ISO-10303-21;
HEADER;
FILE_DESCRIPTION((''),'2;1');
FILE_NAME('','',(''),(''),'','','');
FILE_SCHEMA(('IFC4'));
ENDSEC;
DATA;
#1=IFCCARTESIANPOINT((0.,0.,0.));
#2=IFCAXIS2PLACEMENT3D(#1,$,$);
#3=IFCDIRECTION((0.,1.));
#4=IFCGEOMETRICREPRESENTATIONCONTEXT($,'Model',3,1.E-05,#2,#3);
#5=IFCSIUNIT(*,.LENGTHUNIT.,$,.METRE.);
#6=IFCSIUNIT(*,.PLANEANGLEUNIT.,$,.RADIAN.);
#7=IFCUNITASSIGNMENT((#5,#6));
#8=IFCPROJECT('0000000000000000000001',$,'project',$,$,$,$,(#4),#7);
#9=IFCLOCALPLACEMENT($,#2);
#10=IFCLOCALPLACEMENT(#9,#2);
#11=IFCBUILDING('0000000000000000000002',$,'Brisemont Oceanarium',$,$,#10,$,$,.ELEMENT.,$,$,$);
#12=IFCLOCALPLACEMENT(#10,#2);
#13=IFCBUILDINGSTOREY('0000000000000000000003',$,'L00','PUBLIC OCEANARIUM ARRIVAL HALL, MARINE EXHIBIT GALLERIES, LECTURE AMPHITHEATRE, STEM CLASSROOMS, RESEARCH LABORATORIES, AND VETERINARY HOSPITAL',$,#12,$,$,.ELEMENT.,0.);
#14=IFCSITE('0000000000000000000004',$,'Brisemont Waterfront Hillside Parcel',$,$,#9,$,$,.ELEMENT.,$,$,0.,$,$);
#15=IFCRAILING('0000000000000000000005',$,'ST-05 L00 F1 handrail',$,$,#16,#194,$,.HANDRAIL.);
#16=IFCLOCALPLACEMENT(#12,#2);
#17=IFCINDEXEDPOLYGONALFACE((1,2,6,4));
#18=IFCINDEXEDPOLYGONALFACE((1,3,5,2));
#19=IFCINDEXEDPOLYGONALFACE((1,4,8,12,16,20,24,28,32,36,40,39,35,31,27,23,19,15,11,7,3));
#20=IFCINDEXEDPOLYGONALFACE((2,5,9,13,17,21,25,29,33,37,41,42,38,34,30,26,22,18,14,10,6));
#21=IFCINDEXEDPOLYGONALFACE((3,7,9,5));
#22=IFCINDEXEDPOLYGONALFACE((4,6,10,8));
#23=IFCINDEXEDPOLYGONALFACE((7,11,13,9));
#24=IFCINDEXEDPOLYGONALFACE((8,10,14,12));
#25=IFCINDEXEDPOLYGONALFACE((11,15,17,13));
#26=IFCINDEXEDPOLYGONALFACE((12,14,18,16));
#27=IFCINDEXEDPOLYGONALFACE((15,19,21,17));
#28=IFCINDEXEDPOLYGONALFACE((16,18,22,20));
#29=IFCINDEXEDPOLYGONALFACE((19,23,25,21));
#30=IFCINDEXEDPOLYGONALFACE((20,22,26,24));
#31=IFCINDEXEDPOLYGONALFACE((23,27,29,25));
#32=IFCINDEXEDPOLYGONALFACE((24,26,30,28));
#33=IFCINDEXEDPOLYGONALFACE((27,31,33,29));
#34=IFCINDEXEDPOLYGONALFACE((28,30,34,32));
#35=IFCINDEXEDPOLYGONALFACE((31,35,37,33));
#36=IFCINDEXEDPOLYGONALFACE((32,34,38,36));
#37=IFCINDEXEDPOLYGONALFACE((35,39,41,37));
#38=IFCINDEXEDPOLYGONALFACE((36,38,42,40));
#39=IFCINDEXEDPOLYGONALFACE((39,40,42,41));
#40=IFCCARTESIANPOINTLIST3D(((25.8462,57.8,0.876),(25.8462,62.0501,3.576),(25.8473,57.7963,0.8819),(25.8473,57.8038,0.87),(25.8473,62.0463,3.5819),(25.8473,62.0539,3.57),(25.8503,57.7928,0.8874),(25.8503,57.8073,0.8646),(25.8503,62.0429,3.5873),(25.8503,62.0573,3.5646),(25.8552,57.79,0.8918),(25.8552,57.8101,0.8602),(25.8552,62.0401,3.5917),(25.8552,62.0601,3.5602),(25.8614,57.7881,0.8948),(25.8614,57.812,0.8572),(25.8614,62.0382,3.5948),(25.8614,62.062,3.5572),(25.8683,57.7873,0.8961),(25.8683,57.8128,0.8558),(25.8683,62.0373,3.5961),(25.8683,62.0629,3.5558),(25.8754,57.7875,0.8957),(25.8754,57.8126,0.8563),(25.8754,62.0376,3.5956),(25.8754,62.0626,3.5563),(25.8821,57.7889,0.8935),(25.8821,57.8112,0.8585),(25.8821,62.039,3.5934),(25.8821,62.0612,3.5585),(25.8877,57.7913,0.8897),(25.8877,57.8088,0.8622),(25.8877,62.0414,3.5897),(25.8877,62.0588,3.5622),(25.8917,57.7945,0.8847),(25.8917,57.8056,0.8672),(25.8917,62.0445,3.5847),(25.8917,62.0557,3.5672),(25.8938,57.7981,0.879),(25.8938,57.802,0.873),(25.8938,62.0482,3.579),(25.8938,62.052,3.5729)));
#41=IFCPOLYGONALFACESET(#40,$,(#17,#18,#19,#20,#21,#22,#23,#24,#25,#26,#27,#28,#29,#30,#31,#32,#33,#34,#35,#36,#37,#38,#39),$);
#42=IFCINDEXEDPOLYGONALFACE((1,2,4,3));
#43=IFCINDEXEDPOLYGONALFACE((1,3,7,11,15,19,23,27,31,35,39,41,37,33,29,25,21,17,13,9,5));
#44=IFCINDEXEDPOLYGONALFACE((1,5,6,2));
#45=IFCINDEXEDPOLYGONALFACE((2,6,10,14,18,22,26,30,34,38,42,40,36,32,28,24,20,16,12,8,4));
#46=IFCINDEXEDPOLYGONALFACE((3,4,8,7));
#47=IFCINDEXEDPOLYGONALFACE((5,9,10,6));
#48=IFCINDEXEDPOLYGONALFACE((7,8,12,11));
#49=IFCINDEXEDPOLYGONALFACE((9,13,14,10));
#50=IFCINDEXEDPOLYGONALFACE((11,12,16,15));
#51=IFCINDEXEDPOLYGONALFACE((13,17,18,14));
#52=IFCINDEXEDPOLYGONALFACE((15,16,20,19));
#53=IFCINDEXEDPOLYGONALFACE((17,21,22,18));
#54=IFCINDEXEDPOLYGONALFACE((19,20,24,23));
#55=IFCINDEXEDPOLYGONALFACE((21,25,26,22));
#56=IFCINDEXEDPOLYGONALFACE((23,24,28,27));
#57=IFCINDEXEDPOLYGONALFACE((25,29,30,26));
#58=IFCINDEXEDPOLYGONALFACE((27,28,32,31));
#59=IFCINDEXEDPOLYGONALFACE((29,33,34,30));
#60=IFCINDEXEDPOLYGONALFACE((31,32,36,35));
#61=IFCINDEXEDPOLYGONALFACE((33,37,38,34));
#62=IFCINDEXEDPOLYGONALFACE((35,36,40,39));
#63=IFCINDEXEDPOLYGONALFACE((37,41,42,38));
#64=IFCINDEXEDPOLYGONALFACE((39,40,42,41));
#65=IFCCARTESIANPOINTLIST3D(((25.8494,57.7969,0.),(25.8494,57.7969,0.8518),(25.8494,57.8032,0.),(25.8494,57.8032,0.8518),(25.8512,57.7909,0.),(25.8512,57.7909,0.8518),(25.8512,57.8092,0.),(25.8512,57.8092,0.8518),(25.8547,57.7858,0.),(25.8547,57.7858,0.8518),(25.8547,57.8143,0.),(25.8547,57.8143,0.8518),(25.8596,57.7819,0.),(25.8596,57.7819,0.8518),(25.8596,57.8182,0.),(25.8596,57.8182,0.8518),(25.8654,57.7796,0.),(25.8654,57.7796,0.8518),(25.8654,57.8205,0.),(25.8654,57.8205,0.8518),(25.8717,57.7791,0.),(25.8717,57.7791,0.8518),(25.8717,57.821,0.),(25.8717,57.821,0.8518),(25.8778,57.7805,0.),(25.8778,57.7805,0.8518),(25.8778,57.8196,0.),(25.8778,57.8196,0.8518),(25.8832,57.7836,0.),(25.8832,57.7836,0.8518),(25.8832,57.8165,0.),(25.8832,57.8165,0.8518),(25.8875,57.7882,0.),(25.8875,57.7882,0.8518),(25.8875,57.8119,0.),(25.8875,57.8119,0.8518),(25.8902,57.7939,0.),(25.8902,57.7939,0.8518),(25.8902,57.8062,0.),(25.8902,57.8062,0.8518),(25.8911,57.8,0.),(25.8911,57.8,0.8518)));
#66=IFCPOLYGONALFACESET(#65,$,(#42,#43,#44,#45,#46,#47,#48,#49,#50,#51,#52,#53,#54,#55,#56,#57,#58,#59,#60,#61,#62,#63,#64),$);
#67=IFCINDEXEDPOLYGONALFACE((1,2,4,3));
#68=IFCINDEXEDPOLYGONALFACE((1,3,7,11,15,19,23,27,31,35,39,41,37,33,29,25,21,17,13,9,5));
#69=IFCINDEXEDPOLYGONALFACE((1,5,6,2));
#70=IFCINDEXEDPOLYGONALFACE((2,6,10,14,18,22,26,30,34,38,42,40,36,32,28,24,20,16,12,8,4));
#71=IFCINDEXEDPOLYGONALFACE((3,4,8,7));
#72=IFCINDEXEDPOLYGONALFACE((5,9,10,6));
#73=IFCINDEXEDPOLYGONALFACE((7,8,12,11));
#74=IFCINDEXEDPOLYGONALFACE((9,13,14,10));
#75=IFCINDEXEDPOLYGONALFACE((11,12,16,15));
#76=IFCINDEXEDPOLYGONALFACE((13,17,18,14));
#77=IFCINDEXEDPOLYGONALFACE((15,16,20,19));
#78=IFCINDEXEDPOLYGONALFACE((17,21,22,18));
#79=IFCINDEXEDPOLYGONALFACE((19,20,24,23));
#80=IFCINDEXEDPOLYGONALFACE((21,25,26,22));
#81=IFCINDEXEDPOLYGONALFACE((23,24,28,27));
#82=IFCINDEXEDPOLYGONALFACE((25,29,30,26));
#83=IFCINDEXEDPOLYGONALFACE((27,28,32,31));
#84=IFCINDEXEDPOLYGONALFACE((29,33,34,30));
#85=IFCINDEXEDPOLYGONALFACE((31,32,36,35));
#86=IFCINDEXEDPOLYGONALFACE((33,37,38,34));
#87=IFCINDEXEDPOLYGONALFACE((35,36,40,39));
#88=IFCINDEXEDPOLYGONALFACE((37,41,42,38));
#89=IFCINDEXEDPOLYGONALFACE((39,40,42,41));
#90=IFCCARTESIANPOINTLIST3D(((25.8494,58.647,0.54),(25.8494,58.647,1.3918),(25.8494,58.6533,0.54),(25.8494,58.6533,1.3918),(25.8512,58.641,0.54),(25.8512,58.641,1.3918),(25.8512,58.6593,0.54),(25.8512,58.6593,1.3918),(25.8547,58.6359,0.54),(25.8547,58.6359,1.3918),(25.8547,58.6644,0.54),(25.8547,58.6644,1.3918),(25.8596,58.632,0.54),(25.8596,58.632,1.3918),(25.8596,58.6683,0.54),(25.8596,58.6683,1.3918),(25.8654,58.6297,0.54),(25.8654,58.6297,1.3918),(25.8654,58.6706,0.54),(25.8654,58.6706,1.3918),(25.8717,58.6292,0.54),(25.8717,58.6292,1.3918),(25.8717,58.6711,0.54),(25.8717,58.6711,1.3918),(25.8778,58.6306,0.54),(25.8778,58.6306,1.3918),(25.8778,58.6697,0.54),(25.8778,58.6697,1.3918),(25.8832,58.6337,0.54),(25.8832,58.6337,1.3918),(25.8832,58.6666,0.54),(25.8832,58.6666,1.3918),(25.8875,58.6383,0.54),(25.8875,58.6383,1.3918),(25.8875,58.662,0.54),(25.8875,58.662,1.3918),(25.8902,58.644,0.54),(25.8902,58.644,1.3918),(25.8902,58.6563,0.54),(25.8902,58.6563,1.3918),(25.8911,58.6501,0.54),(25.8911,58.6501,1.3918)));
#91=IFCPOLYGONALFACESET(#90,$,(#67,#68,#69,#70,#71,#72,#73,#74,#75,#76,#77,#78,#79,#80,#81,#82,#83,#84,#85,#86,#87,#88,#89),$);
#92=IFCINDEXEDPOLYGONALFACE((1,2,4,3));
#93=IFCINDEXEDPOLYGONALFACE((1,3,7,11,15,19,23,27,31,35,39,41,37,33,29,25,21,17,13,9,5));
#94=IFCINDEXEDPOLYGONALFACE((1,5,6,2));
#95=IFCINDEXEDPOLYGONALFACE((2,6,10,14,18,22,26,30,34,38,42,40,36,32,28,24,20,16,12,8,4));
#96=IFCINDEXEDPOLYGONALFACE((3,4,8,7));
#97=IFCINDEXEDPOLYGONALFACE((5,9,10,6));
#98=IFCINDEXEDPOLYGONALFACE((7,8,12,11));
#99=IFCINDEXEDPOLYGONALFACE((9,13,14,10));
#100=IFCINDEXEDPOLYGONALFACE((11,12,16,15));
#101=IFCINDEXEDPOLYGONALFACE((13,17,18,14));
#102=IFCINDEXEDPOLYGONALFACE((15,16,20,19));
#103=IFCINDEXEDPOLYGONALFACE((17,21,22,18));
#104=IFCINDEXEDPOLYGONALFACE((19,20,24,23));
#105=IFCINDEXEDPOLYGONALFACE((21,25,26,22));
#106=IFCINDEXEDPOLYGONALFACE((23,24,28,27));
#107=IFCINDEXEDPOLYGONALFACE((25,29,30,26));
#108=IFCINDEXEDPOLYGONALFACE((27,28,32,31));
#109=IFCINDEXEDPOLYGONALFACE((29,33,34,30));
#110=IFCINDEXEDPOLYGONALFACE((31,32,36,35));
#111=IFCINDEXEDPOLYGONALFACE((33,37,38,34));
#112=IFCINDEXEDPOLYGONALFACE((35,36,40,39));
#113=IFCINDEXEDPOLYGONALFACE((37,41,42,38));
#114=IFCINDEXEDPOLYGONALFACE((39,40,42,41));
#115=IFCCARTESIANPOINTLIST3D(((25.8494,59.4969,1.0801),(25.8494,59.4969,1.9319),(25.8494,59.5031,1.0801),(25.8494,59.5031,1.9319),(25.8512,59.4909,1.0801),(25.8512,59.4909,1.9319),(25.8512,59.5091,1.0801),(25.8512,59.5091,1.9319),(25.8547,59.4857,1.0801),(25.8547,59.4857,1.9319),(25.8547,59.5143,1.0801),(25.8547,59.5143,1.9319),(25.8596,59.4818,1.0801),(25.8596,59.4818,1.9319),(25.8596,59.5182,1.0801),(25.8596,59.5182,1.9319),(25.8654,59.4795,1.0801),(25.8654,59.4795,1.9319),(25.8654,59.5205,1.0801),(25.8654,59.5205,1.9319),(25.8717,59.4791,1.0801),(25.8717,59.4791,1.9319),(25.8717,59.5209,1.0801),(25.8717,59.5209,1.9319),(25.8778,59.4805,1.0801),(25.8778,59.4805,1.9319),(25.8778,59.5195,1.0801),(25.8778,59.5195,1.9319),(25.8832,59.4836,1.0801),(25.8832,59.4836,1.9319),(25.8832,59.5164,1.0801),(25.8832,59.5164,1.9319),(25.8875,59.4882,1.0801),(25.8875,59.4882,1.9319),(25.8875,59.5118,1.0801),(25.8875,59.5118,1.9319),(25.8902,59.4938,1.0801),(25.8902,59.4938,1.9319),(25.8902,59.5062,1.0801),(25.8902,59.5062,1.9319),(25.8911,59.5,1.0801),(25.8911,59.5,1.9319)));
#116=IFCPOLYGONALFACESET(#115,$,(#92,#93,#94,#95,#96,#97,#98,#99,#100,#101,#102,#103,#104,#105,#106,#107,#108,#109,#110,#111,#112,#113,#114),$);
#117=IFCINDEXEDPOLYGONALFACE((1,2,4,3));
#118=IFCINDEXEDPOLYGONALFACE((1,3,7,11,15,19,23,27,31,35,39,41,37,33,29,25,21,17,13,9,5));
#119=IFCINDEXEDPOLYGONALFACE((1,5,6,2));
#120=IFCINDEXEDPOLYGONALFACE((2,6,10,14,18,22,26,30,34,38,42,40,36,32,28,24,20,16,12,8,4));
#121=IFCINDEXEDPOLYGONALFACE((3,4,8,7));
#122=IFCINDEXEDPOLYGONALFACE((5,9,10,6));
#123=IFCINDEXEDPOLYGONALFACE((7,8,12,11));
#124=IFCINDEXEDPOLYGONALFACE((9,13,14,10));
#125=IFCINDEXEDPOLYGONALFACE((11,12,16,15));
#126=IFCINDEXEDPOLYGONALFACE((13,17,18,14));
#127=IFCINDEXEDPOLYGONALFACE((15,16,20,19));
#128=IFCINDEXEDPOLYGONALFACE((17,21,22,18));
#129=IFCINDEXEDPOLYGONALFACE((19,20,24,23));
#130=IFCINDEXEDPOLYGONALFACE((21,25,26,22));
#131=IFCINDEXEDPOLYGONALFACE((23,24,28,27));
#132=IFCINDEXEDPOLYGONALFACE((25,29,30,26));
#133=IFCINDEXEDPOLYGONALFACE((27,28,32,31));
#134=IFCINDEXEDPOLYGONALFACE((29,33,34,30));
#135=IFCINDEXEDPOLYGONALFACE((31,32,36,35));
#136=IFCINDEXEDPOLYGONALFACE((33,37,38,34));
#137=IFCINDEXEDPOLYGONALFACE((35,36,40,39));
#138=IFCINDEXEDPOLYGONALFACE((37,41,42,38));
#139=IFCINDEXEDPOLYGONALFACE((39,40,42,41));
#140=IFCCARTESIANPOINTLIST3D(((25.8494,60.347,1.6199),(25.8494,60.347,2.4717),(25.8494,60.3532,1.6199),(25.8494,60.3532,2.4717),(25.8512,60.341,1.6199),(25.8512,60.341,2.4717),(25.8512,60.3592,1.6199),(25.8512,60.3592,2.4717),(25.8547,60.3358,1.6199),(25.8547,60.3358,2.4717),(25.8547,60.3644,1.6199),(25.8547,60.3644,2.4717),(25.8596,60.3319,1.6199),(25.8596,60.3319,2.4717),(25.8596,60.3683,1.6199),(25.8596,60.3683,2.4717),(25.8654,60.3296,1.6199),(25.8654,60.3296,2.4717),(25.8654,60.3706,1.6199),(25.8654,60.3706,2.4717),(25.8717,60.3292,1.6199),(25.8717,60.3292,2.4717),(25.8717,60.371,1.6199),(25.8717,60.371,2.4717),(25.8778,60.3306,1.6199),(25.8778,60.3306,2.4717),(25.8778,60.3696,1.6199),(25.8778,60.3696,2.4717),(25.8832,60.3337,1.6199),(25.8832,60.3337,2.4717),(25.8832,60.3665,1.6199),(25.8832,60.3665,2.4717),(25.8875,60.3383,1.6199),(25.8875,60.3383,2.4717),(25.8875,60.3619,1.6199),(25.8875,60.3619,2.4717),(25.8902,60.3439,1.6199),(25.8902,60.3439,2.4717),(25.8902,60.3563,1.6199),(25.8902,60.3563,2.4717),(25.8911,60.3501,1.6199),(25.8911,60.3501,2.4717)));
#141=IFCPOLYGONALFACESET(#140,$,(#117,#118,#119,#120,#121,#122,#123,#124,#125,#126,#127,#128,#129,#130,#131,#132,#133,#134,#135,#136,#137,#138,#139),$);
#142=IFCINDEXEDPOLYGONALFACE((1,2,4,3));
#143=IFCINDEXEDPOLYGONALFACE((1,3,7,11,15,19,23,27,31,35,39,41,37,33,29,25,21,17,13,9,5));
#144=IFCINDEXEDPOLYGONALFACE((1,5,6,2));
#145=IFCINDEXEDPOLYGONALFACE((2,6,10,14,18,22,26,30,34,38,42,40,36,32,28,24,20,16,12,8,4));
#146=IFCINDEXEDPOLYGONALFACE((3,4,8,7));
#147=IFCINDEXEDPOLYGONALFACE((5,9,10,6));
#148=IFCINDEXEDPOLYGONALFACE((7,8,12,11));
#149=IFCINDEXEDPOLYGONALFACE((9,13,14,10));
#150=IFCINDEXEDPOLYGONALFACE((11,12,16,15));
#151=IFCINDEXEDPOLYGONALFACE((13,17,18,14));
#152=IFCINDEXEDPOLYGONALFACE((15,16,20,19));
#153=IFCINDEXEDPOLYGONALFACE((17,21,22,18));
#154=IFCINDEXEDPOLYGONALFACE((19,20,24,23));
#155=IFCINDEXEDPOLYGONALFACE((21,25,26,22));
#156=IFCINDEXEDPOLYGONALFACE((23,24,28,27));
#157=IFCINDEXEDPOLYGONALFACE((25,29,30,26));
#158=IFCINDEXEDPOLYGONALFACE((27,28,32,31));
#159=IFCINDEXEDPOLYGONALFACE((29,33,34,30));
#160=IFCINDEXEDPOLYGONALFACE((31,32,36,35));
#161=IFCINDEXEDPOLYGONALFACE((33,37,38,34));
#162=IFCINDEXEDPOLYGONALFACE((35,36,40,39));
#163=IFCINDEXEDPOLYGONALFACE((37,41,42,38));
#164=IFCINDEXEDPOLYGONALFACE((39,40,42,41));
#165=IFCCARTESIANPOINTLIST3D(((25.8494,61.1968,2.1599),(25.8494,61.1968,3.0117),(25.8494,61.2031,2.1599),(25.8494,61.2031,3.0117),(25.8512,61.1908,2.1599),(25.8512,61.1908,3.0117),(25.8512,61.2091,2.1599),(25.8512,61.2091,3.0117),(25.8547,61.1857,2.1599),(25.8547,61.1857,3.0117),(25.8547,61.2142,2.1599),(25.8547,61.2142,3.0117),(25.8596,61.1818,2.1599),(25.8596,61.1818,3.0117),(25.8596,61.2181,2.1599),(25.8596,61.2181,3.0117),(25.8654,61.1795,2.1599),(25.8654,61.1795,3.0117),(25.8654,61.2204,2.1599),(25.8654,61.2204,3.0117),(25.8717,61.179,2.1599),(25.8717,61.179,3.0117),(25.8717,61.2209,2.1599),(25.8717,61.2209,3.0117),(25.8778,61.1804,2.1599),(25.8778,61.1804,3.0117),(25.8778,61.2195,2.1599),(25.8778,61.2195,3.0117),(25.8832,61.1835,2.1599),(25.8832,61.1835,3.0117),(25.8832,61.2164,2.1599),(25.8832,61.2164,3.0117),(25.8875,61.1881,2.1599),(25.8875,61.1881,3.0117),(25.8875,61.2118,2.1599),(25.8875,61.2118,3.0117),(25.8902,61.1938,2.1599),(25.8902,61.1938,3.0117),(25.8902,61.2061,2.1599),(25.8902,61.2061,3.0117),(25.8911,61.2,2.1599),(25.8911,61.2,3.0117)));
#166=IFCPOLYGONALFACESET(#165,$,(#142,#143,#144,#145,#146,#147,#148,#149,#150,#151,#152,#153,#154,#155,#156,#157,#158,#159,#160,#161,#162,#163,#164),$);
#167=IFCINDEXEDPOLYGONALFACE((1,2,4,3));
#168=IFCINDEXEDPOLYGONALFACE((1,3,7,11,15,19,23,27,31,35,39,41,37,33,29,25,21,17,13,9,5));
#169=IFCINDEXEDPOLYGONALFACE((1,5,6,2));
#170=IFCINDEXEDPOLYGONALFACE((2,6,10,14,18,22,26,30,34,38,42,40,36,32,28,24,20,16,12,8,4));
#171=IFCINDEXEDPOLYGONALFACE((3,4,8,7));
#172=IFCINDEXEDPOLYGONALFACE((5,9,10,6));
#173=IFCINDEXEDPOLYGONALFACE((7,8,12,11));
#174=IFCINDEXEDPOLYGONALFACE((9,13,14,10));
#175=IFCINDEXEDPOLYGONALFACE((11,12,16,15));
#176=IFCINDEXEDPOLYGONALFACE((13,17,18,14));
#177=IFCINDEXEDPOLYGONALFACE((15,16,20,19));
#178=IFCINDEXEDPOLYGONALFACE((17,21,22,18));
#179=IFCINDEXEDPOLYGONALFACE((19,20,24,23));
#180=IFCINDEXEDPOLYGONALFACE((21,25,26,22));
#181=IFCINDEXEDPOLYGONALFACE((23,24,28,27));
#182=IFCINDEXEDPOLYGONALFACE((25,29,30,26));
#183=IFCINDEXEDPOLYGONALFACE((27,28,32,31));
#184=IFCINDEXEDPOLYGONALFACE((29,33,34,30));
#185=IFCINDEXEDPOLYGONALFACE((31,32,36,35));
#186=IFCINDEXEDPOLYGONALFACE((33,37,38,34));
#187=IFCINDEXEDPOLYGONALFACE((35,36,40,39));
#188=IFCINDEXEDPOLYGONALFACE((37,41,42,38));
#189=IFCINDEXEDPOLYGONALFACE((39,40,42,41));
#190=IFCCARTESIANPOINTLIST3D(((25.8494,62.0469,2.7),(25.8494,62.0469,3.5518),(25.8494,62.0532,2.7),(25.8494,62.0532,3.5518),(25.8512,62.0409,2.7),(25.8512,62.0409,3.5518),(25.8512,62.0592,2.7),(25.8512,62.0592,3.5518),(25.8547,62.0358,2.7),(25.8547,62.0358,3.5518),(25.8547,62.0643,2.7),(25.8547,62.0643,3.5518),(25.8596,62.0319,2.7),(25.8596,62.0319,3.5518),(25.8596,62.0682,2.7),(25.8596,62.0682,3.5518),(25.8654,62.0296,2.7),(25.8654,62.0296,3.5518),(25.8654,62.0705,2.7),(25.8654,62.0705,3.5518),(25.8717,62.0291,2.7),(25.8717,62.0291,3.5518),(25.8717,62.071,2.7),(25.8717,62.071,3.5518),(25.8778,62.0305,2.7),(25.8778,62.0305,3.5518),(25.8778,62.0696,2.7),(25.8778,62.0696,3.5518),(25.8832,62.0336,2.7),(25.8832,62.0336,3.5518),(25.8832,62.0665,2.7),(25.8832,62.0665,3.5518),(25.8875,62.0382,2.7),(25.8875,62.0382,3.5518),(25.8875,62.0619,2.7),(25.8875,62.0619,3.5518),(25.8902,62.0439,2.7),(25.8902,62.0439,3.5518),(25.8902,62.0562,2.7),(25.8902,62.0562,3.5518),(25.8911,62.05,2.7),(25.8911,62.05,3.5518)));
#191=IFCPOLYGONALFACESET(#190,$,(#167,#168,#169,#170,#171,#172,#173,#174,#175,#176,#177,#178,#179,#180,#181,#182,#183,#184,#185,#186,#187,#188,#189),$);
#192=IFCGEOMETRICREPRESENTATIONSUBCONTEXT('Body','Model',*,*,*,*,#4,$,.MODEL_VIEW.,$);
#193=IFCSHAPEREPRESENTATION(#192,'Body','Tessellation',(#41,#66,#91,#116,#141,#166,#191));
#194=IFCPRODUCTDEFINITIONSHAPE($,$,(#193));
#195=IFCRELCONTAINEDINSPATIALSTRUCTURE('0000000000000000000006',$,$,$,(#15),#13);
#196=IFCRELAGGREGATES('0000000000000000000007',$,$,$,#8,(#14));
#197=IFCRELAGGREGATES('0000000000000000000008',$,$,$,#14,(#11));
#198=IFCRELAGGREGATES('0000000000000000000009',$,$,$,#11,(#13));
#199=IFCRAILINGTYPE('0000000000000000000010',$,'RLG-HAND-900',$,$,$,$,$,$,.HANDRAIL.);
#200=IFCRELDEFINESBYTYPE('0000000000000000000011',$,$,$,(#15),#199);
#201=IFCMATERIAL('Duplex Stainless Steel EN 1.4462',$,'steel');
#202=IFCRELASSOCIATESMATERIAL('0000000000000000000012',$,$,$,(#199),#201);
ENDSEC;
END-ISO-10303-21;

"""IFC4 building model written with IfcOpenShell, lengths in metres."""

from ifc_helpers import new_model, si_unit, direction, frame, origin, origin_2d, place, context, subcontext, project, spatial, circle, extrude, material, type_object, element, save


model = new_model("IFC4")

# Units and contexts
model_context = context("Model", 3, precision=1e-05, world=origin(), true_north=direction((0.0, 1.0)))
body_context = subcontext(model_context, "Body", "Model", "MODEL_VIEW")
ifc_project = project(units=[si_unit("LENGTHUNIT", "METRE"), si_unit("PLANEANGLEUNIT", "RADIAN")], contexts=[model_context])

# Site, building, storey
site_placement = place(None, origin())
site = spatial("IfcSite", under=ifc_project, at=site_placement, Name="Brisemont Waterfront Hillside Parcel", CompositionType="ELEMENT", RefElevation=0.0)
building_placement = place(site_placement, origin())
building = spatial("IfcBuilding", under=site, at=building_placement, Name="Brisemont Oceanarium", CompositionType="ELEMENT")
storey_placement = place(building_placement, origin())
storey = spatial("IfcBuildingStorey", under=building, at=storey_placement, Name="L00", Description="PUBLIC OCEANARIUM ARRIVAL HALL, MARINE EXHIBIT GALLERIES, LECTURE AMPHITHEATRE, STEM CLASSROOMS, RESEARCH LABORATORIES, AND VETERINARY HOSPITAL", CompositionType="ELEMENT", Elevation=0.0)

# Railing
ifc_material_1 = material(Name="Duplex Stainless Steel EN 1.4462", Category="steel")
railing_type_1 = type_object("IfcRailingType", Name="RLG-HAND-900", PredefinedType="HANDRAIL", material=ifc_material_1)
railing_1_placement = place(storey_placement, frame((25.8701, 57.8, 0.0)))
element("IfcRailing", 1, at=railing_1_placement, inside=storey, type_object=railing_type_1, Name="ST-05 L00 F1 handrail", PredefinedType="HANDRAIL", context=body_context, shape_type="SweptSolid", body=[
    extrude(circle(Radius=0.0239, at=origin_2d()), frame((0.0, 0.0, 0.876), z_axis=(0.0, 0.844075, 0.536226), x_axis=(-1.0, 0.0, 0.0)), (0.0, 0.0, 1.0), 5.0352),
    extrude(circle(Radius=0.021, at=origin_2d()), origin(), (0.0, 0.0, 1.0), 0.8518),
    extrude(circle(Radius=0.021, at=origin_2d()), frame((0.0, 0.8501, 0.54)), (0.0, 0.0, 1.0), 0.8518),
    extrude(circle(Radius=0.021, at=origin_2d()), frame((0.0, 1.7, 1.0801)), (0.0, 0.0, 1.0), 0.8518),
    extrude(circle(Radius=0.021, at=origin_2d()), frame((0.0, 2.55, 1.6199)), (0.0, 0.0, 1.0), 0.8518),
    extrude(circle(Radius=0.021, at=origin_2d()), frame((0.0, 3.3999, 2.1599)), (0.0, 0.0, 1.0), 0.8518),
    extrude(circle(Radius=0.021, at=origin_2d()), frame((0.0, 4.25, 2.7)), (0.0, 0.0, 1.0), 0.8518),
])

save(model, "model.ifc")
